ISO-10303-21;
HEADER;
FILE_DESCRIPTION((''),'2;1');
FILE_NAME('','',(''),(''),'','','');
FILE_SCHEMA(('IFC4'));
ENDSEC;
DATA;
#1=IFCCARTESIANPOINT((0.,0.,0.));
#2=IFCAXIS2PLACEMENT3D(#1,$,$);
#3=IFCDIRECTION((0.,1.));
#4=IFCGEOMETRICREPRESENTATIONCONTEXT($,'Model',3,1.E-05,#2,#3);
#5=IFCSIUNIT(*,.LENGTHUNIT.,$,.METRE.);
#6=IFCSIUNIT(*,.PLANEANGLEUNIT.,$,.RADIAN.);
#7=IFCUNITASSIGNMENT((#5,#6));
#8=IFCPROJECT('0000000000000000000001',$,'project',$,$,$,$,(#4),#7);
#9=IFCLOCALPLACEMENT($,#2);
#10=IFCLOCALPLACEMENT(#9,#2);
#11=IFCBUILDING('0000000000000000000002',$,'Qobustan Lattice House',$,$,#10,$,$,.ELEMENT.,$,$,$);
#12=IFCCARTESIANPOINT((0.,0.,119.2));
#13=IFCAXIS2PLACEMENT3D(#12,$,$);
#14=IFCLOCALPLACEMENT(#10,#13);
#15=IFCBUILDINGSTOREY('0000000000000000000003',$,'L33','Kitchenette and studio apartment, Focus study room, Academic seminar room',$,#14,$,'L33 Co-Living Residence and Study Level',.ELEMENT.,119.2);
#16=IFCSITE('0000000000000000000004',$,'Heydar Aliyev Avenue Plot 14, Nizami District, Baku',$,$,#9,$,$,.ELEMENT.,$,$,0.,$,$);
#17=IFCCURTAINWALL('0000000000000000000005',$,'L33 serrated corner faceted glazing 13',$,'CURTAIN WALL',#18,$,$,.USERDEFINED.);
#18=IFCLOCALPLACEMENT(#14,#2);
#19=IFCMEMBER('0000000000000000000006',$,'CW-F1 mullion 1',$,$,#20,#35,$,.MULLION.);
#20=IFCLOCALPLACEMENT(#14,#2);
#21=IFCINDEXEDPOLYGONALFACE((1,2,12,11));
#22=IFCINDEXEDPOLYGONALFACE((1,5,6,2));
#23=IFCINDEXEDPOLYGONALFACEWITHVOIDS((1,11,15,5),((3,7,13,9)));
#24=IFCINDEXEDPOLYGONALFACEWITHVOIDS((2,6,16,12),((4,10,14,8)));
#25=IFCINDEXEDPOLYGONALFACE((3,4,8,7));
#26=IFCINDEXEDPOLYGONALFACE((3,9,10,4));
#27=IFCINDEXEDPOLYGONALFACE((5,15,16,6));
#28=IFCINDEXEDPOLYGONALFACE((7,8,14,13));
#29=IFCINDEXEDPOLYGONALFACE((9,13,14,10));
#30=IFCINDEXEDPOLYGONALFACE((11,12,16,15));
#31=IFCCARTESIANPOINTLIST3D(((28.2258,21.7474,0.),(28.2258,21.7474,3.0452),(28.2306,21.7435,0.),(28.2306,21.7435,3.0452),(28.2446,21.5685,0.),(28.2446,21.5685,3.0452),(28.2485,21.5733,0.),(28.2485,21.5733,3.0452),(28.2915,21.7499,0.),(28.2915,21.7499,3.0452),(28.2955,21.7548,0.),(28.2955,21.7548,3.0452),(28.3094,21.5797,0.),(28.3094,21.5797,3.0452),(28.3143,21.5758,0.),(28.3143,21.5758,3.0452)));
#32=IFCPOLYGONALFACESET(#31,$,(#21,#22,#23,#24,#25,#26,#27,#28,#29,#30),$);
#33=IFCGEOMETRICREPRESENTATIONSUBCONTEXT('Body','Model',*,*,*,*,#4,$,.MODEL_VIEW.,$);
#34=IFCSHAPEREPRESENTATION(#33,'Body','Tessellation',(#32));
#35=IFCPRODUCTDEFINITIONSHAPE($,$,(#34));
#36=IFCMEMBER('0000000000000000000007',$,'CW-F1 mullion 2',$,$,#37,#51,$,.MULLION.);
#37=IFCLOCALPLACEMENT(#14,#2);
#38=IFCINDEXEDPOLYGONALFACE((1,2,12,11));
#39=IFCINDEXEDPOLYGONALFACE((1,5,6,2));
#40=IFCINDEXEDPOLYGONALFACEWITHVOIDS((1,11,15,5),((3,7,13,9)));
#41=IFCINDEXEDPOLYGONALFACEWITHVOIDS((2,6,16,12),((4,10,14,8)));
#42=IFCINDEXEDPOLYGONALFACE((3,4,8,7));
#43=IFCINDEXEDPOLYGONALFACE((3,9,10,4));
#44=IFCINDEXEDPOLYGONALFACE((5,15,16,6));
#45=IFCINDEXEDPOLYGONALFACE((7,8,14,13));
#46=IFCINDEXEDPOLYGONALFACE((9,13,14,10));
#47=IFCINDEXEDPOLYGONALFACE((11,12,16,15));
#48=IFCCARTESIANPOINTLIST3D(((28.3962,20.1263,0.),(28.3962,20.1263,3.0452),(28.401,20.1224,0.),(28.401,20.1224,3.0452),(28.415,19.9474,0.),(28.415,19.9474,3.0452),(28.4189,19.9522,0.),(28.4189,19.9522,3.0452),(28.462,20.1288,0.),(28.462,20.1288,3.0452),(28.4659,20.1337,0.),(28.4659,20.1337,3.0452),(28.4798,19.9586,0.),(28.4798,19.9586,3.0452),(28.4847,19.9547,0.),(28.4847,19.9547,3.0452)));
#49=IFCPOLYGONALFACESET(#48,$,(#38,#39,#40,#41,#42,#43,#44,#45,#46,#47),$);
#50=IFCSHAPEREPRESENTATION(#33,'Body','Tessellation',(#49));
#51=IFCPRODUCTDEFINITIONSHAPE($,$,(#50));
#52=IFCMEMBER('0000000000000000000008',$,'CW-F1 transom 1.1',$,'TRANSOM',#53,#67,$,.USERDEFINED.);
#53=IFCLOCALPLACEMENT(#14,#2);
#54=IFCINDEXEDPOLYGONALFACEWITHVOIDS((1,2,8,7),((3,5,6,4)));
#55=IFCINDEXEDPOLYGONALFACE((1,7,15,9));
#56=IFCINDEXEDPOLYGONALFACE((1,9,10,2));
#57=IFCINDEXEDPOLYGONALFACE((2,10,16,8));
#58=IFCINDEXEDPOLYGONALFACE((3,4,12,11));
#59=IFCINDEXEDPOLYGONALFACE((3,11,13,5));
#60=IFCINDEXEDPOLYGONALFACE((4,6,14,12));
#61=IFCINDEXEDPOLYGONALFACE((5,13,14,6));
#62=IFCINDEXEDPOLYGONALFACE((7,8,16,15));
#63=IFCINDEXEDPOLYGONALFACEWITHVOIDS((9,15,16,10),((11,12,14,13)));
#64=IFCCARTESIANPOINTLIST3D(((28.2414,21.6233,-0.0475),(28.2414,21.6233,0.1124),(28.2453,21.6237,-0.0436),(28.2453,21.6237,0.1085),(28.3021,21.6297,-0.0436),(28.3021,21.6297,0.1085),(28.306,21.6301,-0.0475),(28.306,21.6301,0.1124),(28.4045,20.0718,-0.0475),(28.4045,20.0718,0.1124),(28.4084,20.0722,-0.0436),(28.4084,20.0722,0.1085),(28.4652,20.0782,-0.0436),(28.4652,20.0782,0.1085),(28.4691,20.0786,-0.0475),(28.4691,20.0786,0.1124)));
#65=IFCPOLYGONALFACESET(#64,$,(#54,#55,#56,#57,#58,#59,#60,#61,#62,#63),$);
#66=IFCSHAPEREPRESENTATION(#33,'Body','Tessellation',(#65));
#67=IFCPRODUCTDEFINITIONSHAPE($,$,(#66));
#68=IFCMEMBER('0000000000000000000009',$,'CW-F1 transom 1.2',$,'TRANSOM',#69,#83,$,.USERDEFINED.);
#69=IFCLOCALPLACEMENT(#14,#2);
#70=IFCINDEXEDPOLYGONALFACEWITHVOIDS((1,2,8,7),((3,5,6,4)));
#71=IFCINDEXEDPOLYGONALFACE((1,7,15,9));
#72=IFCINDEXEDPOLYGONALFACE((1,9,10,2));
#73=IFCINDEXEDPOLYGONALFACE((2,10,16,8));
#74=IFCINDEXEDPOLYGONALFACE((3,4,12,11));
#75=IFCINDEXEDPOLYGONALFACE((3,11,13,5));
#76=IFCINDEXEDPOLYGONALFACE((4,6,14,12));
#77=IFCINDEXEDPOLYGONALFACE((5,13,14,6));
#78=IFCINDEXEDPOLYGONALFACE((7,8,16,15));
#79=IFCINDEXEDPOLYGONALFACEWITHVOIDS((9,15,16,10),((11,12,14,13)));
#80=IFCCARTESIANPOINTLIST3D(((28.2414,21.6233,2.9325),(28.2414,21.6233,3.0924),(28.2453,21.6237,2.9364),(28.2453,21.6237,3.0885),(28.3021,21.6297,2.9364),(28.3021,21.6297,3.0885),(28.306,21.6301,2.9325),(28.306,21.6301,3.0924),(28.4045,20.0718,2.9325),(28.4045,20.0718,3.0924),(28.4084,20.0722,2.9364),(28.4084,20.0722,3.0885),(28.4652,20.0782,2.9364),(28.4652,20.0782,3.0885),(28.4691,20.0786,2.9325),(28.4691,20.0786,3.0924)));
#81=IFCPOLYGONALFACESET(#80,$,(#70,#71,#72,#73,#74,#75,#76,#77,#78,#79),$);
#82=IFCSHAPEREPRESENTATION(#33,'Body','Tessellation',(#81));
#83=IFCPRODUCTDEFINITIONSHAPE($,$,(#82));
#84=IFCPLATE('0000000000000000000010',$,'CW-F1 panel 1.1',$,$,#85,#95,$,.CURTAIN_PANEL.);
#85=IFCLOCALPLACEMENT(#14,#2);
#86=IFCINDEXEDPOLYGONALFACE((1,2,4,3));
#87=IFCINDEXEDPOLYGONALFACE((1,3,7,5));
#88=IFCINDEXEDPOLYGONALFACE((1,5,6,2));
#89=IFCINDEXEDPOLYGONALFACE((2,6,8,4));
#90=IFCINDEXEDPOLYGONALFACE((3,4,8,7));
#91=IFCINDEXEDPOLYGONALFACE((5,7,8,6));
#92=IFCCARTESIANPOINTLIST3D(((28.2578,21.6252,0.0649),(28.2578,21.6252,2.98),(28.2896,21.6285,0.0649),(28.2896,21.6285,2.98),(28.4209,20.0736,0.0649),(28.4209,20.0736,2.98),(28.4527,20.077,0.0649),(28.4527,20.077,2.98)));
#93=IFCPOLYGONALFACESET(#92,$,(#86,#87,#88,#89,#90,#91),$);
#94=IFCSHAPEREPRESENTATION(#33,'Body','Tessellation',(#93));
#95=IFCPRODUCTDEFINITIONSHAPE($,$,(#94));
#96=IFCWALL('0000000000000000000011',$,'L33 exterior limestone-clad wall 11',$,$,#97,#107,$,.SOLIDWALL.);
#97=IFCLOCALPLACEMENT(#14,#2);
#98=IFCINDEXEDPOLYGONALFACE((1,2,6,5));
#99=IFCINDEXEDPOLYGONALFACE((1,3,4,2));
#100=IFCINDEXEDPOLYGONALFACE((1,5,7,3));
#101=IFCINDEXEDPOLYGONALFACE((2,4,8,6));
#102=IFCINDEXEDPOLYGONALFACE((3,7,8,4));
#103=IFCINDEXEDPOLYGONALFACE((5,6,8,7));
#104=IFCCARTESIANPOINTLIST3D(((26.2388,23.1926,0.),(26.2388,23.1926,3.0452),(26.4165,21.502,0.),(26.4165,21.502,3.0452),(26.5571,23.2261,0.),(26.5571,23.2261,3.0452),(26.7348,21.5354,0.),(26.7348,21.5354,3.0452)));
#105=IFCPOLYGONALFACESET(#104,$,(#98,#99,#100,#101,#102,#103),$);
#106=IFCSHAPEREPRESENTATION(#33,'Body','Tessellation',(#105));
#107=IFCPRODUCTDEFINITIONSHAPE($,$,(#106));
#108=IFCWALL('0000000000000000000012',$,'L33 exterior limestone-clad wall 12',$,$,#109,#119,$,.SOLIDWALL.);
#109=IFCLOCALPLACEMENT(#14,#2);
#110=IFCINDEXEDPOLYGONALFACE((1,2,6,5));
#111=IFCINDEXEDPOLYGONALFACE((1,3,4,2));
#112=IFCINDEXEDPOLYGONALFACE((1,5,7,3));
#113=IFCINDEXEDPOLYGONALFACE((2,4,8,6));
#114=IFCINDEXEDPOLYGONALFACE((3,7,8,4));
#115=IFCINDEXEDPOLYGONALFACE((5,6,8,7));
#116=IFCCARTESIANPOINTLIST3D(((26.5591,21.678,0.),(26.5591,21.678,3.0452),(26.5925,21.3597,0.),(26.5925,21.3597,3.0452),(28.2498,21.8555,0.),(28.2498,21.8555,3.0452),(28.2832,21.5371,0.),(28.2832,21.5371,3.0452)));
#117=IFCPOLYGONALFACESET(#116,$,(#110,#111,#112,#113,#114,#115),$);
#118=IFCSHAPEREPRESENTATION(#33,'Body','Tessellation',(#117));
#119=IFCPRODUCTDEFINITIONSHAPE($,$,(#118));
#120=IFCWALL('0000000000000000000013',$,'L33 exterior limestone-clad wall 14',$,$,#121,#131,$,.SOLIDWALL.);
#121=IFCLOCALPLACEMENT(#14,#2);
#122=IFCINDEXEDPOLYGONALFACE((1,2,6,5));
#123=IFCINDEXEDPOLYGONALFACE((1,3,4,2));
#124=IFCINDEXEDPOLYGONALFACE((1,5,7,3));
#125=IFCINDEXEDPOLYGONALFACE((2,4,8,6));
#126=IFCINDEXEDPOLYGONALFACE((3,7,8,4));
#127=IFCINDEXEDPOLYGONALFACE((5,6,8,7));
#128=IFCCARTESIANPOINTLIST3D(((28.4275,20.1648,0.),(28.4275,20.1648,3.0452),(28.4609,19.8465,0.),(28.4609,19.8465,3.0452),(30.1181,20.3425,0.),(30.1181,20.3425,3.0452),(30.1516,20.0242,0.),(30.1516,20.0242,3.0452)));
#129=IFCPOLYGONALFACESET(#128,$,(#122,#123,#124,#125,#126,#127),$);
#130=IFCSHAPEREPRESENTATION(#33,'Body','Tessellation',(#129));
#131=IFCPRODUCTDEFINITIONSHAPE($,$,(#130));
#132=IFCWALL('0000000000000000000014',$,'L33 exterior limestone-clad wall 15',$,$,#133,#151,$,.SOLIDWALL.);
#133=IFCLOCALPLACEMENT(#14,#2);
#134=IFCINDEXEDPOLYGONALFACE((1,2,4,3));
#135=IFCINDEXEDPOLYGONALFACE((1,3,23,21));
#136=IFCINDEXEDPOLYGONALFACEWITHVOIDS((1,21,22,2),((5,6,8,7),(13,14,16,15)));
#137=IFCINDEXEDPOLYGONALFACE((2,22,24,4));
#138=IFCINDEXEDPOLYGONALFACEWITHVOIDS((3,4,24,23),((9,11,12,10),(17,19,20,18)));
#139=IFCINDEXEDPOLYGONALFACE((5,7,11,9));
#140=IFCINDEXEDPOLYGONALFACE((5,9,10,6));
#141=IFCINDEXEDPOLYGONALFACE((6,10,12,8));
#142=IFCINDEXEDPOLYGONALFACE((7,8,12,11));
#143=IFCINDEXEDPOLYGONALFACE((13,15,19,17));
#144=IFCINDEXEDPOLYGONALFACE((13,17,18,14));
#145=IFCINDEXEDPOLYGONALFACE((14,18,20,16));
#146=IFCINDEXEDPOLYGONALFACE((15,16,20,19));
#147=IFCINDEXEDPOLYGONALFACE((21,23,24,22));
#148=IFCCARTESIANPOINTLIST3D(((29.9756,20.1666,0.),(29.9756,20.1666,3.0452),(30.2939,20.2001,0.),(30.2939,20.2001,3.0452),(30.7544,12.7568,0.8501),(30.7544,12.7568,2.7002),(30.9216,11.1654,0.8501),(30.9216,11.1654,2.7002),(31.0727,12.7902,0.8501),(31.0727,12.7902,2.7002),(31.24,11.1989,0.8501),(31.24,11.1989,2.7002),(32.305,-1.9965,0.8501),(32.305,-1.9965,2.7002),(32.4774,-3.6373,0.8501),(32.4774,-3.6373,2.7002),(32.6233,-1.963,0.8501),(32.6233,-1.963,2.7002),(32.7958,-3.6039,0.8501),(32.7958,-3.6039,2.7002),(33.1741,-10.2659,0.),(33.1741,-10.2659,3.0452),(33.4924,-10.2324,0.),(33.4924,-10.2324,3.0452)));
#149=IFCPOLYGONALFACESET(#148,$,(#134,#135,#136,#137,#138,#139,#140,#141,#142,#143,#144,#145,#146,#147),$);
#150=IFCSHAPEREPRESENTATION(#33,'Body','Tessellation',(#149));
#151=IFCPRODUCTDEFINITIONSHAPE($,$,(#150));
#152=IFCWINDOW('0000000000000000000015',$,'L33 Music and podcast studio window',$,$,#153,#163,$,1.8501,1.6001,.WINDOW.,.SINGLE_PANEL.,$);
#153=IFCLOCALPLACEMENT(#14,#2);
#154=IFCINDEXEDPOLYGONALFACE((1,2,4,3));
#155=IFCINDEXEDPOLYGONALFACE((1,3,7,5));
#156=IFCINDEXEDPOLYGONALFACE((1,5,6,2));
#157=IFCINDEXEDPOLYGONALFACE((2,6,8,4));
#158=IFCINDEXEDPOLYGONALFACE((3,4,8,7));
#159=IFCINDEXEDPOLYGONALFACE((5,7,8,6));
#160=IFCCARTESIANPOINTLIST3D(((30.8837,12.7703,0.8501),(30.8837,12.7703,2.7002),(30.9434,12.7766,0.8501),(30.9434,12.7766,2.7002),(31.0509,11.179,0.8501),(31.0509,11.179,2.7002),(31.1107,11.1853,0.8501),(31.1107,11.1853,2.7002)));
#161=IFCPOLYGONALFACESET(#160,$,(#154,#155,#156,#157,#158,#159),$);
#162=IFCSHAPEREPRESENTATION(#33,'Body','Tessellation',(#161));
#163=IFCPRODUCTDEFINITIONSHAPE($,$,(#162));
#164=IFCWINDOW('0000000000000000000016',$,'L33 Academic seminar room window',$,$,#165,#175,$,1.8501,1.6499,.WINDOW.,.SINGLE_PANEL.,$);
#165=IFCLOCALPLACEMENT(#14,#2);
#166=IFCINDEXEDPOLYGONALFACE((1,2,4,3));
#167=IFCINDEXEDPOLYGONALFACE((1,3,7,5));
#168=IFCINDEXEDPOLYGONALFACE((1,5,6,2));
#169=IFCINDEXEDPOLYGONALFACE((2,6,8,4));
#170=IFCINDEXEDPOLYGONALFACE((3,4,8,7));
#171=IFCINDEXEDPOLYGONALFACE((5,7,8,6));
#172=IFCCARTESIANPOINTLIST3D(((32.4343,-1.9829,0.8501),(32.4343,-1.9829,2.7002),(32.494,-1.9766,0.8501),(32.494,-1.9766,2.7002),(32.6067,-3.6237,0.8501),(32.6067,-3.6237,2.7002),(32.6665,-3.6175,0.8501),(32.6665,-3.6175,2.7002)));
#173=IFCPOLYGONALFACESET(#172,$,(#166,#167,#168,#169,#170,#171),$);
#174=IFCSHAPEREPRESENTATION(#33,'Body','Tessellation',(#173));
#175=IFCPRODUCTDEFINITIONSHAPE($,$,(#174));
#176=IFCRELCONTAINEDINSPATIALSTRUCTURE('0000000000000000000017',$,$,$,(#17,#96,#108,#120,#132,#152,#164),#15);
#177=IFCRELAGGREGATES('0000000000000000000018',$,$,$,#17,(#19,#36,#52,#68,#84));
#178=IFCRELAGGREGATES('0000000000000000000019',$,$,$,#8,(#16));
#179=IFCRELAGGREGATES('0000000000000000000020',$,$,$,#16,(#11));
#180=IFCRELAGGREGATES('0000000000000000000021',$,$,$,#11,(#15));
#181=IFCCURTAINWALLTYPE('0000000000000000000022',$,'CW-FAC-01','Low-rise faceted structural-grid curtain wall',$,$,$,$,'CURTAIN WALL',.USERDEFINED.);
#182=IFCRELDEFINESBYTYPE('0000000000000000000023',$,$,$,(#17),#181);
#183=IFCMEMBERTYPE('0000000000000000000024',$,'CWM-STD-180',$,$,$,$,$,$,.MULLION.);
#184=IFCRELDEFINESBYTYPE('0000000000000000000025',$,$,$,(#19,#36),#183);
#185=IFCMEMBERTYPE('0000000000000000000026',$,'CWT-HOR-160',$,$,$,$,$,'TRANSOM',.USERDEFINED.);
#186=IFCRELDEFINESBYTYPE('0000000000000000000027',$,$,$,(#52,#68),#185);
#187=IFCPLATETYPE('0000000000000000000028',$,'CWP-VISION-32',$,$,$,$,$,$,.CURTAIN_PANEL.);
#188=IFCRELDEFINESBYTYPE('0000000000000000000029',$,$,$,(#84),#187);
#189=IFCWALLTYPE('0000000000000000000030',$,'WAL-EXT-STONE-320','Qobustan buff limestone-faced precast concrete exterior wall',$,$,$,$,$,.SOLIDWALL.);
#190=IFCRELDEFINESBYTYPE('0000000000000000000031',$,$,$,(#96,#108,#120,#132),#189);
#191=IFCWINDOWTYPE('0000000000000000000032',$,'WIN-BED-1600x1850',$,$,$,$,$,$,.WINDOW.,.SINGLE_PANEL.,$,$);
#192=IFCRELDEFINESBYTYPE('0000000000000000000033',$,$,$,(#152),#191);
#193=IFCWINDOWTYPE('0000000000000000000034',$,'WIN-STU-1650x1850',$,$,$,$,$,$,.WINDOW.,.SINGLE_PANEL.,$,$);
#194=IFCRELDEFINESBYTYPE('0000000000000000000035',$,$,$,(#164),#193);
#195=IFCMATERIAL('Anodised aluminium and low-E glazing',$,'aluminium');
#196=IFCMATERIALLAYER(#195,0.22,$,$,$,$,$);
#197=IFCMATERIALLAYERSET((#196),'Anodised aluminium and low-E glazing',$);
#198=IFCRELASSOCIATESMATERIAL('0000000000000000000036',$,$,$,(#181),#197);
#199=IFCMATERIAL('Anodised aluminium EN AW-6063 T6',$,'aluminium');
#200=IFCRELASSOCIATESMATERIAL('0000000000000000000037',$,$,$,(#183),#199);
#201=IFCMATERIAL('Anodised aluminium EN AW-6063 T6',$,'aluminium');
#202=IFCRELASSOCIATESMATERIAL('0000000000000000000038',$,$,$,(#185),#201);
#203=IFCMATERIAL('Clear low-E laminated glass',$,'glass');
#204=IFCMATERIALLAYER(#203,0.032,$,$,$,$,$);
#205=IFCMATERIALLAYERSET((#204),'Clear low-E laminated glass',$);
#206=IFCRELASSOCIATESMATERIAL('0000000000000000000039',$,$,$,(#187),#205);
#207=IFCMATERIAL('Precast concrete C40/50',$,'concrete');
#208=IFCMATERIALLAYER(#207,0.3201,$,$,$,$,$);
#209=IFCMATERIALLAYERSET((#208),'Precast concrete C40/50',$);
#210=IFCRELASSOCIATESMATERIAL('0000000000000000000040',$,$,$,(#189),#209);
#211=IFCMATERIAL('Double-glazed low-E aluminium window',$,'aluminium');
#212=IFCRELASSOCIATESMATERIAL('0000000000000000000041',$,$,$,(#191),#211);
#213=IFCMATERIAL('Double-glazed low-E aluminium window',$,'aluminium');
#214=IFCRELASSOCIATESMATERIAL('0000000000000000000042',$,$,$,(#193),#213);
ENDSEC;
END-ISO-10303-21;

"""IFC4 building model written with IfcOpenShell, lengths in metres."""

from ifc_helpers import new_model, si_unit, direction, frame, frame_2d, origin, origin_2d, place, context, subcontext, project, spatial, rectangle, hollow_rectangle, extrude, material, layer, layer_set, material_profile, profile_set, type_object, element, fill, aggregate, save


model = new_model("IFC4")

# Units and contexts
model_context = context("Model", 3, precision=1e-05, world=origin(), true_north=direction((0.0, 1.0)))
body_context = subcontext(model_context, "Body", "Model", "MODEL_VIEW")
ifc_project = project(units=[si_unit("LENGTHUNIT", "METRE"), si_unit("PLANEANGLEUNIT", "RADIAN")], contexts=[model_context])

# Site, building, storey
site_placement = place(None, origin())
site = spatial("IfcSite", under=ifc_project, at=site_placement, Name="Heydar Aliyev Avenue Plot 14, Nizami District, Baku", CompositionType="ELEMENT", RefElevation=0.0)
building_placement = place(site_placement, origin())
building = spatial("IfcBuilding", under=site, at=building_placement, Name="Qobustan Lattice House", CompositionType="ELEMENT")
storey_placement = place(building_placement, frame((0.0, 0.0, 119.2)))
storey = spatial("IfcBuildingStorey", under=building, at=storey_placement, Name="L33", Description="Kitchenette and studio apartment, Focus study room, Academic seminar room", LongName="L33 Co-Living Residence and Study Level", CompositionType="ELEMENT", Elevation=119.2)

# Curtain wall, members, plate
ifc_material_1 = material(Name="Anodised aluminium and low-E glazing", Category="aluminium")
ifc_layer_1 = layer(ifc_material_1, 0.22)
ifc_layer_set_1 = layer_set([ifc_layer_1], Name="Anodised aluminium and low-E glazing")
curtain_wall_type = type_object("IfcCurtainWallType", Name="CW-FAC-01", Description="Low-rise faceted structural-grid curtain wall", ElementType="CURTAIN WALL", PredefinedType="USERDEFINED", material=ifc_layer_set_1)
curtain_wall_placement = place(storey_placement, origin())
curtain_wall = element("IfcCurtainWall", 1, at=curtain_wall_placement, inside=storey, type_object=curtain_wall_type, Name="L33 serrated corner faceted glazing 13", ObjectType="CURTAIN WALL", PredefinedType="USERDEFINED")
ifc_material_2 = material(Name="Anodised aluminium EN AW-6063 T6", Category="aluminium")
ifc_material_profile_1 = material_profile(ifc_material_2, hollow_rectangle(XDim=0.0701, YDim=0.1799, WallThickness=0.0044, at=origin_2d()), Name="CWM-180x70")
ifc_profile_set_1 = profile_set([ifc_material_profile_1], Name="Anodised aluminium EN AW-6063 T6")
member_type_1 = type_object("IfcMemberType", Name="CWM-STD-180", PredefinedType="MULLION", material=ifc_profile_set_1)
member_1_placement = place(storey_placement, frame((28.27, 21.6616, 0.0), z_axis=(0.0, 0.0, 1.0), x_axis=(0.994522, 0.104529, 0.0)))
member_1 = element("IfcMember", 2, at=member_1_placement, type_object=member_type_1, Name="CW-F1 mullion 1", PredefinedType="MULLION", context=body_context, shape_type="SweptSolid", body=[
    extrude(hollow_rectangle(XDim=0.0701, YDim=0.1799, WallThickness=0.0044, at=origin_2d()), origin(), (0.0, 0.0, 1.0), 3.0452),
])
member_2_placement = place(storey_placement, frame((28.4404, 20.0405, 0.0), z_axis=(0.0, 0.0, 1.0), x_axis=(0.994522, 0.104529, 0.0)))
member_2 = element("IfcMember", 3, at=member_2_placement, type_object=member_type_1, Name="CW-F1 mullion 2", PredefinedType="MULLION", context=body_context, shape_type="SweptSolid", body=[
    extrude(hollow_rectangle(XDim=0.0701, YDim=0.1799, WallThickness=0.0044, at=origin_2d()), origin(), (0.0, 0.0, 1.0), 3.0452),
])
ifc_material_3 = material(Name="Anodised aluminium EN AW-6063 T6", Category="aluminium")
ifc_material_profile_2 = material_profile(ifc_material_3, hollow_rectangle(XDim=0.0649, YDim=0.1599, WallThickness=0.0039, at=origin_2d()), Name="CWT-160x65")
ifc_profile_set_2 = profile_set([ifc_material_profile_2], Name="Anodised aluminium EN AW-6063 T6")
member_type_2 = type_object("IfcMemberType", Name="CWT-HOR-160", ElementType="TRANSOM", PredefinedType="USERDEFINED", material=ifc_profile_set_2)
member_3_placement = place(storey_placement, frame((28.2737, 21.6267, 0.0325), z_axis=(0.104538, -0.994521, 0.0), x_axis=(0.994521, 0.104538, 0.0)))
member_3 = element("IfcMember", 4, at=member_3_placement, type_object=member_type_2, Name="CW-F1 transom 1.1", ObjectType="TRANSOM", PredefinedType="USERDEFINED", context=body_context, shape_type="SweptSolid", body=[
    extrude(hollow_rectangle(XDim=0.0649, YDim=0.1599, WallThickness=0.0039, at=origin_2d()), origin(), (0.0, 0.0, 1.0), 1.5601),
])
member_4_placement = place(storey_placement, frame((28.2737, 21.6267, 3.0125), z_axis=(0.104538, -0.994521, 0.0), x_axis=(0.994521, 0.104538, 0.0)))
member_4 = element("IfcMember", 5, at=member_4_placement, type_object=member_type_2, Name="CW-F1 transom 1.2", ObjectType="TRANSOM", PredefinedType="USERDEFINED", context=body_context, shape_type="SweptSolid", body=[
    extrude(hollow_rectangle(XDim=0.0649, YDim=0.1599, WallThickness=0.0039, at=origin_2d()), origin(), (0.0, 0.0, 1.0), 1.5601),
])
ifc_material_4 = material(Name="Clear low-E laminated glass", Category="glass")
ifc_layer_2 = layer(ifc_material_4, 0.032)
ifc_layer_set_2 = layer_set([ifc_layer_2], Name="Clear low-E laminated glass")
plate_type = type_object("IfcPlateType", Name="CWP-VISION-32", PredefinedType="CURTAIN_PANEL", material=ifc_layer_set_2)
plate_placement = place(storey_placement, frame((28.3552, 20.8511, 0.0649), z_axis=(0.0, 0.0, 1.0), x_axis=(0.104529, -0.994522, 0.0)))
plate = element("IfcPlate", 6, at=plate_placement, type_object=plate_type, Name="CW-F1 panel 1.1", PredefinedType="CURTAIN_PANEL", context=body_context, shape_type="SweptSolid", body=[
    extrude(rectangle(XDim=1.5601, YDim=0.032, at=origin_2d()), origin(), (0.0, 0.0, 1.0), 2.915),
])
aggregate(curtain_wall, [member_1, member_2, member_3, member_4, plate])

# Walls
ifc_material_5 = material(Name="Precast concrete C40/50", Category="concrete")
ifc_layer_3 = layer(ifc_material_5, 0.3201)
ifc_layer_set_3 = layer_set([ifc_layer_3], Name="Precast concrete C40/50")
wall_type_1 = type_object("IfcWallType", Name="WAL-EXT-STONE-320", Description="Qobustan buff limestone-faced precast concrete exterior wall", PredefinedType="SOLIDWALL", material=ifc_layer_set_3)
for number, where, z_axis, x_axis, name in (
    (7, (26.3979, 23.2095, 0.0), (0.0, 0.0, 1.0), (0.10455, -0.99452, 0.0), "L33 exterior limestone-clad wall 11"),
    (8, (26.5757, 21.5188, 0.0), (0.0, 0.0, 1.0), (0.994535, 0.104408, 0.0), "L33 exterior limestone-clad wall 12"),
    (9, (28.4441, 20.0056, 0.0), (0.0, 0.0, 1.0), (0.99452, 0.10455, 0.0), "L33 exterior limestone-clad wall 14"),
):
    element("IfcWall", number, at=place(storey_placement, frame(where, z_axis=z_axis, x_axis=x_axis)), inside=storey, type_object=wall_type_1, Name=name, PredefinedType="SOLIDWALL", context=body_context, shape_type="SweptSolid", body=[
        extrude(rectangle(XDim=1.7, YDim=0.3201, at=frame_2d((0.8501, 0.0))), origin(), (0.0, 0.0, 1.0), 3.0452),
    ])

# Wall, openings, windows
wall_1_placement = place(storey_placement, frame((30.1348, 20.1833, 0.0), z_axis=(0.0, 0.0, 1.0), x_axis=(0.104526, -0.994522, 0.0)))
wall_1 = element("IfcWall", 10, at=wall_1_placement, inside=storey, type_object=wall_type_1, Name="L33 exterior limestone-clad wall 15", PredefinedType="SOLIDWALL", context=body_context, shape_type="SweptSolid", body=[
    extrude(rectangle(XDim=30.6001, YDim=0.3201, at=frame_2d((15.3, 0.0))), origin(), (0.0, 0.0, 1.0), 3.0452),
])
opening_1_placement = place(wall_1_placement, frame((7.4507, 0.0, 0.8501)))
opening_1 = element("IfcOpeningElement", 11, at=opening_1_placement, cuts=wall_1, PredefinedType="OPENING", context=body_context, shape_type="SweptSolid", body=[
    extrude(rectangle(XDim=1.6001, YDim=1.8501, at=frame_2d((0.8, 0.925))), frame((0.0, 0.1699, 0.0), z_axis=(0.0, -1.0, 0.0), x_axis=(1.0, 0.0, 0.0)), (0.0, 0.0, 1.0), 0.3401),
])
opening_2_placement = place(wall_1_placement, frame((22.2852, 0.0, 0.8501)))
opening_2 = element("IfcOpeningElement", 12, at=opening_2_placement, cuts=wall_1, PredefinedType="OPENING", context=body_context, shape_type="SweptSolid", body=[
    extrude(rectangle(XDim=1.6499, YDim=1.8501, at=frame_2d((0.825, 0.925))), frame((0.0, 0.1699, 0.0), z_axis=(0.0, -1.0, 0.0), x_axis=(1.0, 0.0, 0.0)), (0.0, 0.0, 1.0), 0.3401),
])
ifc_material_6 = material(Name="Double-glazed low-E aluminium window", Category="aluminium")
window_type_1 = type_object("IfcWindowType", Name="WIN-BED-1600x1850", PartitioningType="SINGLE_PANEL", PredefinedType="WINDOW", material=ifc_material_6)
window_1_placement = place(opening_1_placement, origin())
window_1 = element("IfcWindow", 13, at=window_1_placement, inside=storey, type_object=window_type_1, Name="L33 Music and podcast studio window", OverallHeight=1.8501, OverallWidth=1.6001, PartitioningType="SINGLE_PANEL", PredefinedType="WINDOW", context=body_context, shape_type="SweptSolid", body=[
    extrude(rectangle(XDim=1.6001, YDim=1.8501, at=frame_2d((0.8, 0.925))), frame((0.0, 0.03, 0.0), z_axis=(0.0, -1.0, 0.0), x_axis=(1.0, 0.0, 0.0)), (0.0, 0.0, 1.0), 0.0601),
])
fill(opening_1, window_1)
ifc_material_7 = material(Name="Double-glazed low-E aluminium window", Category="aluminium")
window_type_2 = type_object("IfcWindowType", Name="WIN-STU-1650x1850", PartitioningType="SINGLE_PANEL", PredefinedType="WINDOW", material=ifc_material_7)
window_2_placement = place(opening_2_placement, origin())
window_2 = element("IfcWindow", 14, at=window_2_placement, inside=storey, type_object=window_type_2, Name="L33 Academic seminar room window", OverallHeight=1.8501, OverallWidth=1.6499, PartitioningType="SINGLE_PANEL", PredefinedType="WINDOW", context=body_context, shape_type="SweptSolid", body=[
    extrude(rectangle(XDim=1.6499, YDim=1.8501, at=frame_2d((0.825, 0.925))), frame((0.0, 0.03, 0.0), z_axis=(0.0, -1.0, 0.0), x_axis=(1.0, 0.0, 0.0)), (0.0, 0.0, 1.0), 0.0601),
])
fill(opening_2, window_2)

save(model, "model.ifc")
